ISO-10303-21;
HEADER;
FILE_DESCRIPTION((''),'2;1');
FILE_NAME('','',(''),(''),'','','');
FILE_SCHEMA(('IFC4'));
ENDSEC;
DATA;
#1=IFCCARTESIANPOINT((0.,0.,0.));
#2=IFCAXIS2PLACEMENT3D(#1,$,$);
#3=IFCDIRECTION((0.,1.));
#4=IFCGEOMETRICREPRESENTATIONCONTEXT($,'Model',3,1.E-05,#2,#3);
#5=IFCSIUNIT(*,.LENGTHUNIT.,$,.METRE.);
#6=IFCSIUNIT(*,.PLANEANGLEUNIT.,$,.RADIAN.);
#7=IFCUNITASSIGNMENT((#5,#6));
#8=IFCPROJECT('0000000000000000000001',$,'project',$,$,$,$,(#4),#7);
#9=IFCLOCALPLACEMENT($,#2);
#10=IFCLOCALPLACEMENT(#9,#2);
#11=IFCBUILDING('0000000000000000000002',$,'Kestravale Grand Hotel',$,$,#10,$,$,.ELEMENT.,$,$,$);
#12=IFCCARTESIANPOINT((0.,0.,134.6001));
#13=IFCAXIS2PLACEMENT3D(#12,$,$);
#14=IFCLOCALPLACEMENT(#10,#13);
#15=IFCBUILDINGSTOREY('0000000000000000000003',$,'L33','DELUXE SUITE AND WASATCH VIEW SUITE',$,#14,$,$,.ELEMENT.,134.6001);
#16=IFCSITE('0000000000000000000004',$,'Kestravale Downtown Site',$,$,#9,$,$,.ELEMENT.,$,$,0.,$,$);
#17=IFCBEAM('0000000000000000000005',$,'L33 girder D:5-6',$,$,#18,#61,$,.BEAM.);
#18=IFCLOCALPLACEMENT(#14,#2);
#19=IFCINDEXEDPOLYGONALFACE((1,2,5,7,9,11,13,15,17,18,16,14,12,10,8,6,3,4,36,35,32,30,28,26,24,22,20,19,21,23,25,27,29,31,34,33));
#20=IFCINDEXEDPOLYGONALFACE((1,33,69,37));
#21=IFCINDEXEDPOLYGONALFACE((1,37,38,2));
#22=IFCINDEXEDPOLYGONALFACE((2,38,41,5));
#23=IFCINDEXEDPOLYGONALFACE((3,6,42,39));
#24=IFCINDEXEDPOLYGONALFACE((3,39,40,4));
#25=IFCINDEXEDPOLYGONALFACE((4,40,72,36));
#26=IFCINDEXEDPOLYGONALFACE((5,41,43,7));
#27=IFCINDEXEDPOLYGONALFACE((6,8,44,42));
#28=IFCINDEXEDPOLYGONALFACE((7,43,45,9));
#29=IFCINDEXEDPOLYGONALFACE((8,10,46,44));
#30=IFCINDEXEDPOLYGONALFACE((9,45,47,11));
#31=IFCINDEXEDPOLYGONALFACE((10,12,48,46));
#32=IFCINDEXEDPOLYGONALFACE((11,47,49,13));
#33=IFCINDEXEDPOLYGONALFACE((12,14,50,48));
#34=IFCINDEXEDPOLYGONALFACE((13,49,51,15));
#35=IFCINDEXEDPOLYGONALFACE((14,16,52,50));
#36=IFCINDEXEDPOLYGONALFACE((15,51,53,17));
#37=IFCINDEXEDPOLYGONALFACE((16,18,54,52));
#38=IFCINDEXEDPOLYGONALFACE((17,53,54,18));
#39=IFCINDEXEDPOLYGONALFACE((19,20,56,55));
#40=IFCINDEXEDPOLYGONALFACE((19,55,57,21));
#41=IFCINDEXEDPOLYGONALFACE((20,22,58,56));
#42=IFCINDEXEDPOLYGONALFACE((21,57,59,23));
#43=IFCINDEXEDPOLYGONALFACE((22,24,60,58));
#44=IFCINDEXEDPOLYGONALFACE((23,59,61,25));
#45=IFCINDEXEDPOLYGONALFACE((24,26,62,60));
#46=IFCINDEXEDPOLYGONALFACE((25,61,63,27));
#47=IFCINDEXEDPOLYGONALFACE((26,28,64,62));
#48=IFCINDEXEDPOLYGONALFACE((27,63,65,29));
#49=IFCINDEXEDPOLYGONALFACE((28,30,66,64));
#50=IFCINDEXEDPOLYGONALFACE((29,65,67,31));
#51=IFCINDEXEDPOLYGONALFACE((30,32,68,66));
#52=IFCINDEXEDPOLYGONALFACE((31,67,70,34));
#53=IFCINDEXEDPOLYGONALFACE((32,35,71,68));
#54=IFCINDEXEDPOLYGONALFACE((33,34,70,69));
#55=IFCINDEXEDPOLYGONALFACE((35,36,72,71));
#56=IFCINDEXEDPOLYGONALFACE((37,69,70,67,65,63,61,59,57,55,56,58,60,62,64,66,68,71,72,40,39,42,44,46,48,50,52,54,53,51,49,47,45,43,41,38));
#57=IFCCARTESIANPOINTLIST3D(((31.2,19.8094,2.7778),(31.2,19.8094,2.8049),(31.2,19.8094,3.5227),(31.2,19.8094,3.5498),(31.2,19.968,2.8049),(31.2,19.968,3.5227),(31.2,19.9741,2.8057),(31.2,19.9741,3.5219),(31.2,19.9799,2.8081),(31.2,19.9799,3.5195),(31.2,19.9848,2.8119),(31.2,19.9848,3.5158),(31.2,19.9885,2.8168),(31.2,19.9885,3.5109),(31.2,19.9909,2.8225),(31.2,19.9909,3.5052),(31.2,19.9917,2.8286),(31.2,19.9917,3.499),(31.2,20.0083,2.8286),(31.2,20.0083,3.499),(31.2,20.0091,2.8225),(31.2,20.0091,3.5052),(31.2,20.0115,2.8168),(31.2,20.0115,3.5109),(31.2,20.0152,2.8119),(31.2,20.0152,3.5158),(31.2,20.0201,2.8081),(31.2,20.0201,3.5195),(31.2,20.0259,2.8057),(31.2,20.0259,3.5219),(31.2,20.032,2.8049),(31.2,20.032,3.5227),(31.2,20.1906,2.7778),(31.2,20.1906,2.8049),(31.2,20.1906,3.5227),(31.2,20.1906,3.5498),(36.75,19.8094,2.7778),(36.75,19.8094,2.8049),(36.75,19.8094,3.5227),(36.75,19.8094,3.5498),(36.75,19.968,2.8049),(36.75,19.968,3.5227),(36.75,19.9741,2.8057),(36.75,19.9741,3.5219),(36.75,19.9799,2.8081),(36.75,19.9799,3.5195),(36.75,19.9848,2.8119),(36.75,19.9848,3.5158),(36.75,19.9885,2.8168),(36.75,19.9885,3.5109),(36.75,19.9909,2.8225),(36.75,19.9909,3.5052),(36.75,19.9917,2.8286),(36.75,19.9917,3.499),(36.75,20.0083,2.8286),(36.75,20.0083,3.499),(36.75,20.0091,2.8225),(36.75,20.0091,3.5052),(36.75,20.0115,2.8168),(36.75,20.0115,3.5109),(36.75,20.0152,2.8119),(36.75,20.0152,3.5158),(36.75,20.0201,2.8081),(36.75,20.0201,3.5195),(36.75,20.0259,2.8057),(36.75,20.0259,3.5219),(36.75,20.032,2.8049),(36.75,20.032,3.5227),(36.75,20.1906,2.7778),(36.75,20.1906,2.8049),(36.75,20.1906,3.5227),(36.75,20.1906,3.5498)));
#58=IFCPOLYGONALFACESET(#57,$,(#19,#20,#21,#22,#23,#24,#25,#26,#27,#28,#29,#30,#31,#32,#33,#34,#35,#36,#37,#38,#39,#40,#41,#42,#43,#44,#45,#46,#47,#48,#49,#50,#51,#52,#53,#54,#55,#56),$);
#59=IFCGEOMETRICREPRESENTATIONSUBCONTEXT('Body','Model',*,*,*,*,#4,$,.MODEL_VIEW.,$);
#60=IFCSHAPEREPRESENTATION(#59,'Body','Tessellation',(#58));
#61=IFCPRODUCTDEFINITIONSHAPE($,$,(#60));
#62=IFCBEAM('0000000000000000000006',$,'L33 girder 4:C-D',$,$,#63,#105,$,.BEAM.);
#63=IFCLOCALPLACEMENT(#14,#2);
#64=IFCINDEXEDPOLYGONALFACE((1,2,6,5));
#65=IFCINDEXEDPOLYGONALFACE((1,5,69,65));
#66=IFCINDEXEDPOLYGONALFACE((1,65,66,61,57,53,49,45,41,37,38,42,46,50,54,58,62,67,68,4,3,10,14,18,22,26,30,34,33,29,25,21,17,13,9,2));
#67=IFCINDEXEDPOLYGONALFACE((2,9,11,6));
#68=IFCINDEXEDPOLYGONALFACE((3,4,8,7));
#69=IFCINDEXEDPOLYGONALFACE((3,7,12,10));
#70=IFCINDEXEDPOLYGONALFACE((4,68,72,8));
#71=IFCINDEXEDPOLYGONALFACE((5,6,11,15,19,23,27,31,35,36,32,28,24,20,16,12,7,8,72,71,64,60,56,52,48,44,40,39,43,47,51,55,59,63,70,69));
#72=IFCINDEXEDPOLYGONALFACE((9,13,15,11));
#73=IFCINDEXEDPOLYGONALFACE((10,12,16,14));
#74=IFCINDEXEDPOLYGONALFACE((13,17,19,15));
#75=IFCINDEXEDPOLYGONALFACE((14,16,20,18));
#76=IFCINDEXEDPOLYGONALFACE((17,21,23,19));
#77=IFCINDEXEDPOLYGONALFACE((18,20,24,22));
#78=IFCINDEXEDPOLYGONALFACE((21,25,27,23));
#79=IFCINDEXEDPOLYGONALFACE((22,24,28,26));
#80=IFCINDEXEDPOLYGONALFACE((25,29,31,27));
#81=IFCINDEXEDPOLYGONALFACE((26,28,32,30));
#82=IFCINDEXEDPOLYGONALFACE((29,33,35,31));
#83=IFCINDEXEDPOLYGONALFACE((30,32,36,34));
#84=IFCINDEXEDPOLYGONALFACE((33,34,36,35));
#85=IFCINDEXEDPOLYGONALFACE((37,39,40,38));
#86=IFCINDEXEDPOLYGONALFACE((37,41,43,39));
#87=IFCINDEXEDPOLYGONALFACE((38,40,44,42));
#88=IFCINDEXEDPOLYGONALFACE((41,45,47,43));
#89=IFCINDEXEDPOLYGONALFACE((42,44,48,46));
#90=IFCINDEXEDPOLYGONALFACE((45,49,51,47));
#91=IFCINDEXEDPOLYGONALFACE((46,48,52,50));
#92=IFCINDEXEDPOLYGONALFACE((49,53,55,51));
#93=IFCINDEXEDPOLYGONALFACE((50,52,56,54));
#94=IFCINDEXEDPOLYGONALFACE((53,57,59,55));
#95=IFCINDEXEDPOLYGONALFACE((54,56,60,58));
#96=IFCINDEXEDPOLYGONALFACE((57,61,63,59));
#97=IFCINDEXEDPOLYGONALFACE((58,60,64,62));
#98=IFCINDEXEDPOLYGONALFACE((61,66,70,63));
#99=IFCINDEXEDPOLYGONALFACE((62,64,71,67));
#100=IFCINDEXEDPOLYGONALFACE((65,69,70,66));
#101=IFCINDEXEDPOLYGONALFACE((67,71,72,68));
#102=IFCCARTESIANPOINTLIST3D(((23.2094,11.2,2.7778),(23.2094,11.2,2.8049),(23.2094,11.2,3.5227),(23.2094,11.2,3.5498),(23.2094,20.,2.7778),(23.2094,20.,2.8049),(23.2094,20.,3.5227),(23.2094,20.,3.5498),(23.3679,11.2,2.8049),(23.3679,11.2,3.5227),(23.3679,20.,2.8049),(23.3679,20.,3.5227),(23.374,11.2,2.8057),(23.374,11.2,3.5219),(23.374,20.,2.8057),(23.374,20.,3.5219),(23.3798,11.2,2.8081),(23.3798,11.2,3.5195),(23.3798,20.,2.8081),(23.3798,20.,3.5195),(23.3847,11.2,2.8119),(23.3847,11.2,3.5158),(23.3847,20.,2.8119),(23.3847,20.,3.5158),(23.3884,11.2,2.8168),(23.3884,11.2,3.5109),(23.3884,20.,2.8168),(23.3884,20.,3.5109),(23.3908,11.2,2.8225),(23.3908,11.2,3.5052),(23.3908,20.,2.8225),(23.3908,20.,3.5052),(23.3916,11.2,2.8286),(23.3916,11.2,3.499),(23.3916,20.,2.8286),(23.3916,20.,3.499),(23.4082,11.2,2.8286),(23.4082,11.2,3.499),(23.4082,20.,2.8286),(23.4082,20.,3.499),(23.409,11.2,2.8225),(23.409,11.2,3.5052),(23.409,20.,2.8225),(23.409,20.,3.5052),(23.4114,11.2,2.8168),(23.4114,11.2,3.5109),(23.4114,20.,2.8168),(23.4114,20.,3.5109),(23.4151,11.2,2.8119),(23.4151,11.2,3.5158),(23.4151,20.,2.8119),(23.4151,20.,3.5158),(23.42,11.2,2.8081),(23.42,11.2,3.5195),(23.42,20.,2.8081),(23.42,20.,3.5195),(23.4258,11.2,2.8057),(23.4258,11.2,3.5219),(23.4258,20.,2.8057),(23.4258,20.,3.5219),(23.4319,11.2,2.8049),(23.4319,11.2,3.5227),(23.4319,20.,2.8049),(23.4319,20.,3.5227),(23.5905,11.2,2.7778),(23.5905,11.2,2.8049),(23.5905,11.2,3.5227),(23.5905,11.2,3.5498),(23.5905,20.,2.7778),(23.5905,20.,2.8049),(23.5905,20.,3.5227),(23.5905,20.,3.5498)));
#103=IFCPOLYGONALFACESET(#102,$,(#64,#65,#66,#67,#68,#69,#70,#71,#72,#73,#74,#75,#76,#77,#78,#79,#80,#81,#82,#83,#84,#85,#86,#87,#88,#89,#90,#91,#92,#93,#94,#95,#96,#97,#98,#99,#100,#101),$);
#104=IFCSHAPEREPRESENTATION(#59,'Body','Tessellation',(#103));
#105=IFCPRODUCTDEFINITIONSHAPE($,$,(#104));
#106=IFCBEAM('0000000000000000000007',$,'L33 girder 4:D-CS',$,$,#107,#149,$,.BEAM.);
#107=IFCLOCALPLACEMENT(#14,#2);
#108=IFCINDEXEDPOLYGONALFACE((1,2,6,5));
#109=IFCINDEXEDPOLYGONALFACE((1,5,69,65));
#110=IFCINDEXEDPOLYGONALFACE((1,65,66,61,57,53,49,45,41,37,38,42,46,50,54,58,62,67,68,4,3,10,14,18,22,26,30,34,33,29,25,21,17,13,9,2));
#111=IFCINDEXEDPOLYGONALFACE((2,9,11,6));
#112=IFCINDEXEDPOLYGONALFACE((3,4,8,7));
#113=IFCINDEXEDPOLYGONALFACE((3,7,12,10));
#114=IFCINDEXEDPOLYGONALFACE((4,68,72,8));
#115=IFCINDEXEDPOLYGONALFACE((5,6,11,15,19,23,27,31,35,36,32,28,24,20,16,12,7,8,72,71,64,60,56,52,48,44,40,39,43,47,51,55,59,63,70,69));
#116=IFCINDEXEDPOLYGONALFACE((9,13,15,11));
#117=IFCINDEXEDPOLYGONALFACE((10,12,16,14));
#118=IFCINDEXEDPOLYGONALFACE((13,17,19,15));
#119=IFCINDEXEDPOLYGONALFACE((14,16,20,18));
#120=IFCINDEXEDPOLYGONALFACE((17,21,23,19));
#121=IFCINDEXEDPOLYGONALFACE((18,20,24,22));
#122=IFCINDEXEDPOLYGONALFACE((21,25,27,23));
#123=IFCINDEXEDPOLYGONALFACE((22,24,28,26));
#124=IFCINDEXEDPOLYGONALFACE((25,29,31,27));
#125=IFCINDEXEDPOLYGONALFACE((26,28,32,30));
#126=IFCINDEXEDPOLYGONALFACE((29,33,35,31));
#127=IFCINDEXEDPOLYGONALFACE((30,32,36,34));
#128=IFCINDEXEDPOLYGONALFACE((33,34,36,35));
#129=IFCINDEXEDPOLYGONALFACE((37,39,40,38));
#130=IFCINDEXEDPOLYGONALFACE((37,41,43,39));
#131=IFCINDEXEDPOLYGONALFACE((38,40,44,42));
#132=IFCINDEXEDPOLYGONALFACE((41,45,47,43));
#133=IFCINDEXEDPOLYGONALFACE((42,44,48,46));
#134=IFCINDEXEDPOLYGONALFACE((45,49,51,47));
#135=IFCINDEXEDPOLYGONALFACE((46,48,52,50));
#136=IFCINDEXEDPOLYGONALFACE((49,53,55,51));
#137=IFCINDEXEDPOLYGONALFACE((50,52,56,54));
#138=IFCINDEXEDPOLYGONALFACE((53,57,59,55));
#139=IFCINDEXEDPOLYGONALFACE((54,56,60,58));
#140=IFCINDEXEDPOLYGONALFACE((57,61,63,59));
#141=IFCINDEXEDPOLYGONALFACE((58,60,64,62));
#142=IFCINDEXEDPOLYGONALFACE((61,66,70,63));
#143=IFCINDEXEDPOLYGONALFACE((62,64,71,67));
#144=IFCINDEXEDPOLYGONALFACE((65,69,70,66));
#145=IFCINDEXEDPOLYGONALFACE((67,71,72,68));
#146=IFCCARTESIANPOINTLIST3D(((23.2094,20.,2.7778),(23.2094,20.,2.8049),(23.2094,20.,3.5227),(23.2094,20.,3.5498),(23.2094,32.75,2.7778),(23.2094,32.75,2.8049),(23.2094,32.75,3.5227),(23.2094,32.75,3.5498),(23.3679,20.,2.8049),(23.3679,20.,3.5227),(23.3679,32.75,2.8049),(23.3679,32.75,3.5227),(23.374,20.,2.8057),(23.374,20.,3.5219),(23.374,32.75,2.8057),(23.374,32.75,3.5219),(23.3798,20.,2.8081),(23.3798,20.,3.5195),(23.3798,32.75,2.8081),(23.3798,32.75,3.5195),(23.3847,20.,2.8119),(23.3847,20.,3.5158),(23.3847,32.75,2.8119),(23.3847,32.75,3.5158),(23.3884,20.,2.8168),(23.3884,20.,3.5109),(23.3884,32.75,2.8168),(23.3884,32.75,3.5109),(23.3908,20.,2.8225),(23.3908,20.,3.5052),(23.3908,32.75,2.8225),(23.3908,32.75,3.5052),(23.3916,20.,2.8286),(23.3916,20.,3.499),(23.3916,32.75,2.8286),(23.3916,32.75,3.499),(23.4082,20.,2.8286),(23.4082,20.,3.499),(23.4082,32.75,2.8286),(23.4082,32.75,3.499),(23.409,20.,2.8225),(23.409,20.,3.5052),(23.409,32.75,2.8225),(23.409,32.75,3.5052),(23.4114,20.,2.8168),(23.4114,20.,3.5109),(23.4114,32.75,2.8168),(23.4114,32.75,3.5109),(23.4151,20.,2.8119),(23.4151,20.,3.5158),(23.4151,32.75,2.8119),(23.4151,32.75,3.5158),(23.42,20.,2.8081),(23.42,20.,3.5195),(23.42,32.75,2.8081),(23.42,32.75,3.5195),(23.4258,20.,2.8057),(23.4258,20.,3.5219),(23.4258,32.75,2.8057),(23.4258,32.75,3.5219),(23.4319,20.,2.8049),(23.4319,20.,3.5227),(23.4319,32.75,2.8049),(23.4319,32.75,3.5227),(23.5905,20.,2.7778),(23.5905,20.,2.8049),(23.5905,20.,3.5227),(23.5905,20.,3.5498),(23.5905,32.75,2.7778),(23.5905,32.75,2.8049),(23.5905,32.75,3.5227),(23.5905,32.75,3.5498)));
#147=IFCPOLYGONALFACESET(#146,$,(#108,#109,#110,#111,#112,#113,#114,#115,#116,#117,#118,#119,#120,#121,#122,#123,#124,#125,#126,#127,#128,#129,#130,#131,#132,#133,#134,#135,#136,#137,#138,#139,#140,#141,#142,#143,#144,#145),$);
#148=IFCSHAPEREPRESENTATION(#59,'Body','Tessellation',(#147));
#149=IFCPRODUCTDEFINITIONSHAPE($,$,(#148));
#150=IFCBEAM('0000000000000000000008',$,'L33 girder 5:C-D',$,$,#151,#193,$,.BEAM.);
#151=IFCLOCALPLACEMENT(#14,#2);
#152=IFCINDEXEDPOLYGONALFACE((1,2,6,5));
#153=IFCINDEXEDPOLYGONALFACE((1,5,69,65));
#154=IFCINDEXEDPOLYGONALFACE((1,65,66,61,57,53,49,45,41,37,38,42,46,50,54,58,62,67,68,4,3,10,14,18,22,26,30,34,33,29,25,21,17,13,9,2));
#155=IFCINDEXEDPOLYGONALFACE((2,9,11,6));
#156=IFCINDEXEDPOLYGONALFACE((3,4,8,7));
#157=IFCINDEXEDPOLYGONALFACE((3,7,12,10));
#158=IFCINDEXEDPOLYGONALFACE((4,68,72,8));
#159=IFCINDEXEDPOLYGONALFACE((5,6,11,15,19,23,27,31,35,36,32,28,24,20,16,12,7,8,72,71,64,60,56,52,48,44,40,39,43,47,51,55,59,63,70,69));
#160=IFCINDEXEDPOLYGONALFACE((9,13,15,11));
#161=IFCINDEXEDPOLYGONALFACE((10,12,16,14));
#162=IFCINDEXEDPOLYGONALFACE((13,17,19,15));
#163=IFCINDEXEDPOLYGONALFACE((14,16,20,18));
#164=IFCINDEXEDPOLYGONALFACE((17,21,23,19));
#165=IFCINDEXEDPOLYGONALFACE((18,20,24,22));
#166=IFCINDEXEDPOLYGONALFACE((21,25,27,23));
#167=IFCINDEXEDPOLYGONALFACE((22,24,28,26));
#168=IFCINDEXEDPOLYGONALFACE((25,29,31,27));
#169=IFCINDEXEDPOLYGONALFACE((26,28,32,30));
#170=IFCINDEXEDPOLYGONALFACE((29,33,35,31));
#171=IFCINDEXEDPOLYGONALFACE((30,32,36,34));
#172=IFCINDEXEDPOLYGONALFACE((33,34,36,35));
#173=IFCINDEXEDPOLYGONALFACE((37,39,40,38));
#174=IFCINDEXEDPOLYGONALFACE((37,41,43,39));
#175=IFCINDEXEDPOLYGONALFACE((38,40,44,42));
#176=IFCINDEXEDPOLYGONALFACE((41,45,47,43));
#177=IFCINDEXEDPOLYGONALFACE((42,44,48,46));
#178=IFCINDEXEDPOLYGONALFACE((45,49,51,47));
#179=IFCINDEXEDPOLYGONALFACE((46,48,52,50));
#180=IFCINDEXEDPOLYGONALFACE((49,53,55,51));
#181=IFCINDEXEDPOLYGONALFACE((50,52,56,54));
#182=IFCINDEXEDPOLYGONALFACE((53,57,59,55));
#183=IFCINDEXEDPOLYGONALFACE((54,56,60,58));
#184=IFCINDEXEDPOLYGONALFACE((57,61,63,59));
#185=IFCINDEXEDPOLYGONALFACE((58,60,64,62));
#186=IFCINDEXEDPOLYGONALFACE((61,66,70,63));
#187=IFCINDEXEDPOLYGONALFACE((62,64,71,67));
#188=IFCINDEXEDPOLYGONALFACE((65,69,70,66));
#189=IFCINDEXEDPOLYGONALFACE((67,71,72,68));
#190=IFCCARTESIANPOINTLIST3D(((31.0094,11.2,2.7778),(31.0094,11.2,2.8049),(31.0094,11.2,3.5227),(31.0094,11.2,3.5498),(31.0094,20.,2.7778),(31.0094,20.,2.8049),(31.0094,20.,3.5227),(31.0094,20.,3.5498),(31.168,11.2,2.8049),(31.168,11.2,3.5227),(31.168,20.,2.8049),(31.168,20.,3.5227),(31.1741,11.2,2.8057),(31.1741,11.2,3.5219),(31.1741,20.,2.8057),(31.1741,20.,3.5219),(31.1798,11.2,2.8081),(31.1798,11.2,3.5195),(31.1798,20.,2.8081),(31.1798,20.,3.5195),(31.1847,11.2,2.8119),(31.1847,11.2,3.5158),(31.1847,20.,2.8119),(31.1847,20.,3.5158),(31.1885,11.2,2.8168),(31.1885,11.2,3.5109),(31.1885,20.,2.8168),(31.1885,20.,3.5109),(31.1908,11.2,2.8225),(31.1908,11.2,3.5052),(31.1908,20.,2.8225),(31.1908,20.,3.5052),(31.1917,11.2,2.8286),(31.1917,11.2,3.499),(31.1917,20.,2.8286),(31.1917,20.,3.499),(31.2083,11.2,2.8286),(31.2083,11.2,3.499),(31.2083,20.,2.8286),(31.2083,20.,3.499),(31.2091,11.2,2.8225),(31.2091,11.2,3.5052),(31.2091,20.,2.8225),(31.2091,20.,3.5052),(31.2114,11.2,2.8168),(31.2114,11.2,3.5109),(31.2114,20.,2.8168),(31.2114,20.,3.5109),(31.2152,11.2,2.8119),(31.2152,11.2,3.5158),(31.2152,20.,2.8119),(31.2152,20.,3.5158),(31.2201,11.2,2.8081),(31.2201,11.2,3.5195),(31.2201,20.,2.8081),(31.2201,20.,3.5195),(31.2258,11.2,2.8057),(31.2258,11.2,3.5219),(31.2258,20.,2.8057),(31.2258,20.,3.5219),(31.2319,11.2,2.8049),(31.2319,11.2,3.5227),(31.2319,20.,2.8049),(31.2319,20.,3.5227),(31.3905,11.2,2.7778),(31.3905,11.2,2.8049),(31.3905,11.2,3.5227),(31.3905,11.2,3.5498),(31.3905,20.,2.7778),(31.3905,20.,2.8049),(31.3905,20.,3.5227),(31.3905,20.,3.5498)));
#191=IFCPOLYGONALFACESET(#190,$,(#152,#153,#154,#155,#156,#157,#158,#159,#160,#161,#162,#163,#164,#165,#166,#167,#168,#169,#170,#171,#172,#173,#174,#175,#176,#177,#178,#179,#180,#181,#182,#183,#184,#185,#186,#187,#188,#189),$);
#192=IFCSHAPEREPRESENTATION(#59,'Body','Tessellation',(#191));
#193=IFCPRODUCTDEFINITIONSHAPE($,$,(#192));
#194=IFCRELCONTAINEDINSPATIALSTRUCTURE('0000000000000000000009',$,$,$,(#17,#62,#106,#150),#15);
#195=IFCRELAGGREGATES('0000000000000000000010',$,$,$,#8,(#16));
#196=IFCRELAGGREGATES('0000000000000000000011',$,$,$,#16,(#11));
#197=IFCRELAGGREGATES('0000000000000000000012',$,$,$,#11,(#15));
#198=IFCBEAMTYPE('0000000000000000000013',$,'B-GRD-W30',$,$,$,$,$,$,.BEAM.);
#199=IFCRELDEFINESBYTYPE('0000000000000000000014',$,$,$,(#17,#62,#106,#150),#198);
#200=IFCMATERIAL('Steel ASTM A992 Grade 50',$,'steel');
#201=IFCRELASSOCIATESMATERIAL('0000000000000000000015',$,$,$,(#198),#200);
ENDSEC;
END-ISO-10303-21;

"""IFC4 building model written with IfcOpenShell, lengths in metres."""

from ifc_helpers import new_model, si_unit, direction, frame, origin, origin_2d, place, context, subcontext, project, spatial, i_section, extrude, material, material_profile, profile_set, type_object, element, save


model = new_model("IFC4")

# Units and contexts
model_context = context("Model", 3, precision=1e-05, world=origin(), true_north=direction((0.0, 1.0)))
body_context = subcontext(model_context, "Body", "Model", "MODEL_VIEW")
ifc_project = project(units=[si_unit("LENGTHUNIT", "METRE"), si_unit("PLANEANGLEUNIT", "RADIAN")], contexts=[model_context])

# Site, building, storey
site_placement = place(None, origin())
site = spatial("IfcSite", under=ifc_project, at=site_placement, Name="Kestravale Downtown Site", CompositionType="ELEMENT", RefElevation=0.0)
building_placement = place(site_placement, origin())
building = spatial("IfcBuilding", under=site, at=building_placement, Name="Kestravale Grand Hotel", CompositionType="ELEMENT")
storey_placement = place(building_placement, frame((0.0, 0.0, 134.6001)))
storey = spatial("IfcBuildingStorey", under=building, at=storey_placement, Name="L33", Description="DELUXE SUITE AND WASATCH VIEW SUITE", CompositionType="ELEMENT", Elevation=134.6001)

# Beams
ifc_material_1 = material(Name="Steel ASTM A992 Grade 50", Category="steel")
ifc_material_profile_1 = material_profile(ifc_material_1, i_section(OverallWidth=0.3811, OverallDepth=0.772, WebThickness=0.0166, FlangeThickness=0.0271, FilletRadius=0.0237, at=origin_2d()))
ifc_profile_set_1 = profile_set([ifc_material_profile_1], Name="Steel ASTM A992 Grade 50")
beam_type_1 = type_object("IfcBeamType", Name="B-GRD-W30", PredefinedType="BEAM", material=ifc_profile_set_1)
beam_1_placement = place(storey_placement, frame((31.2, 20.0, 3.1638), z_axis=(1.0, 0.0, 0.0), x_axis=(0.0, 1.0, 0.0)))
element("IfcBeam", 1, at=beam_1_placement, inside=storey, type_object=beam_type_1, Name="L33 girder D:5-6", PredefinedType="BEAM", context=body_context, shape_type="SweptSolid", body=[
    extrude(i_section(OverallWidth=0.3811, OverallDepth=0.772, WebThickness=0.0166, FlangeThickness=0.0271, FilletRadius=0.0237, at=origin_2d()), origin(), (0.0, 0.0, 1.0), 5.55),
])
beam_2_placement = place(storey_placement, frame((23.3999, 11.2, 3.1638), z_axis=(0.0, 1.0, 0.0), x_axis=(-1.0, 0.0, 0.0)))
element("IfcBeam", 2, at=beam_2_placement, inside=storey, type_object=beam_type_1, Name="L33 girder 4:C-D", PredefinedType="BEAM", context=body_context, shape_type="SweptSolid", body=[
    extrude(i_section(OverallWidth=0.3811, OverallDepth=0.772, WebThickness=0.0166, FlangeThickness=0.0271, FilletRadius=0.0237, at=origin_2d()), origin(), (0.0, 0.0, 1.0), 8.8),
])
beam_3_placement = place(storey_placement, frame((23.3999, 20.0, 3.1638), z_axis=(0.0, 1.0, 0.0), x_axis=(-1.0, 0.0, 0.0)))
element("IfcBeam", 3, at=beam_3_placement, inside=storey, type_object=beam_type_1, Name="L33 girder 4:D-CS", PredefinedType="BEAM", context=body_context, shape_type="SweptSolid", body=[
    extrude(i_section(OverallWidth=0.3811, OverallDepth=0.772, WebThickness=0.0166, FlangeThickness=0.0271, FilletRadius=0.0237, at=origin_2d()), origin(), (0.0, 0.0, 1.0), 12.75),
])
beam_4_placement = place(storey_placement, frame((31.2, 11.2, 3.1638), z_axis=(0.0, 1.0, 0.0), x_axis=(-1.0, 0.0, 0.0)))
element("IfcBeam", 4, at=beam_4_placement, inside=storey, type_object=beam_type_1, Name="L33 girder 5:C-D", PredefinedType="BEAM", context=body_context, shape_type="SweptSolid", body=[
    extrude(i_section(OverallWidth=0.3811, OverallDepth=0.772, WebThickness=0.0166, FlangeThickness=0.0271, FilletRadius=0.0237, at=origin_2d()), origin(), (0.0, 0.0, 1.0), 8.8),
])

save(model, "model.ifc")
